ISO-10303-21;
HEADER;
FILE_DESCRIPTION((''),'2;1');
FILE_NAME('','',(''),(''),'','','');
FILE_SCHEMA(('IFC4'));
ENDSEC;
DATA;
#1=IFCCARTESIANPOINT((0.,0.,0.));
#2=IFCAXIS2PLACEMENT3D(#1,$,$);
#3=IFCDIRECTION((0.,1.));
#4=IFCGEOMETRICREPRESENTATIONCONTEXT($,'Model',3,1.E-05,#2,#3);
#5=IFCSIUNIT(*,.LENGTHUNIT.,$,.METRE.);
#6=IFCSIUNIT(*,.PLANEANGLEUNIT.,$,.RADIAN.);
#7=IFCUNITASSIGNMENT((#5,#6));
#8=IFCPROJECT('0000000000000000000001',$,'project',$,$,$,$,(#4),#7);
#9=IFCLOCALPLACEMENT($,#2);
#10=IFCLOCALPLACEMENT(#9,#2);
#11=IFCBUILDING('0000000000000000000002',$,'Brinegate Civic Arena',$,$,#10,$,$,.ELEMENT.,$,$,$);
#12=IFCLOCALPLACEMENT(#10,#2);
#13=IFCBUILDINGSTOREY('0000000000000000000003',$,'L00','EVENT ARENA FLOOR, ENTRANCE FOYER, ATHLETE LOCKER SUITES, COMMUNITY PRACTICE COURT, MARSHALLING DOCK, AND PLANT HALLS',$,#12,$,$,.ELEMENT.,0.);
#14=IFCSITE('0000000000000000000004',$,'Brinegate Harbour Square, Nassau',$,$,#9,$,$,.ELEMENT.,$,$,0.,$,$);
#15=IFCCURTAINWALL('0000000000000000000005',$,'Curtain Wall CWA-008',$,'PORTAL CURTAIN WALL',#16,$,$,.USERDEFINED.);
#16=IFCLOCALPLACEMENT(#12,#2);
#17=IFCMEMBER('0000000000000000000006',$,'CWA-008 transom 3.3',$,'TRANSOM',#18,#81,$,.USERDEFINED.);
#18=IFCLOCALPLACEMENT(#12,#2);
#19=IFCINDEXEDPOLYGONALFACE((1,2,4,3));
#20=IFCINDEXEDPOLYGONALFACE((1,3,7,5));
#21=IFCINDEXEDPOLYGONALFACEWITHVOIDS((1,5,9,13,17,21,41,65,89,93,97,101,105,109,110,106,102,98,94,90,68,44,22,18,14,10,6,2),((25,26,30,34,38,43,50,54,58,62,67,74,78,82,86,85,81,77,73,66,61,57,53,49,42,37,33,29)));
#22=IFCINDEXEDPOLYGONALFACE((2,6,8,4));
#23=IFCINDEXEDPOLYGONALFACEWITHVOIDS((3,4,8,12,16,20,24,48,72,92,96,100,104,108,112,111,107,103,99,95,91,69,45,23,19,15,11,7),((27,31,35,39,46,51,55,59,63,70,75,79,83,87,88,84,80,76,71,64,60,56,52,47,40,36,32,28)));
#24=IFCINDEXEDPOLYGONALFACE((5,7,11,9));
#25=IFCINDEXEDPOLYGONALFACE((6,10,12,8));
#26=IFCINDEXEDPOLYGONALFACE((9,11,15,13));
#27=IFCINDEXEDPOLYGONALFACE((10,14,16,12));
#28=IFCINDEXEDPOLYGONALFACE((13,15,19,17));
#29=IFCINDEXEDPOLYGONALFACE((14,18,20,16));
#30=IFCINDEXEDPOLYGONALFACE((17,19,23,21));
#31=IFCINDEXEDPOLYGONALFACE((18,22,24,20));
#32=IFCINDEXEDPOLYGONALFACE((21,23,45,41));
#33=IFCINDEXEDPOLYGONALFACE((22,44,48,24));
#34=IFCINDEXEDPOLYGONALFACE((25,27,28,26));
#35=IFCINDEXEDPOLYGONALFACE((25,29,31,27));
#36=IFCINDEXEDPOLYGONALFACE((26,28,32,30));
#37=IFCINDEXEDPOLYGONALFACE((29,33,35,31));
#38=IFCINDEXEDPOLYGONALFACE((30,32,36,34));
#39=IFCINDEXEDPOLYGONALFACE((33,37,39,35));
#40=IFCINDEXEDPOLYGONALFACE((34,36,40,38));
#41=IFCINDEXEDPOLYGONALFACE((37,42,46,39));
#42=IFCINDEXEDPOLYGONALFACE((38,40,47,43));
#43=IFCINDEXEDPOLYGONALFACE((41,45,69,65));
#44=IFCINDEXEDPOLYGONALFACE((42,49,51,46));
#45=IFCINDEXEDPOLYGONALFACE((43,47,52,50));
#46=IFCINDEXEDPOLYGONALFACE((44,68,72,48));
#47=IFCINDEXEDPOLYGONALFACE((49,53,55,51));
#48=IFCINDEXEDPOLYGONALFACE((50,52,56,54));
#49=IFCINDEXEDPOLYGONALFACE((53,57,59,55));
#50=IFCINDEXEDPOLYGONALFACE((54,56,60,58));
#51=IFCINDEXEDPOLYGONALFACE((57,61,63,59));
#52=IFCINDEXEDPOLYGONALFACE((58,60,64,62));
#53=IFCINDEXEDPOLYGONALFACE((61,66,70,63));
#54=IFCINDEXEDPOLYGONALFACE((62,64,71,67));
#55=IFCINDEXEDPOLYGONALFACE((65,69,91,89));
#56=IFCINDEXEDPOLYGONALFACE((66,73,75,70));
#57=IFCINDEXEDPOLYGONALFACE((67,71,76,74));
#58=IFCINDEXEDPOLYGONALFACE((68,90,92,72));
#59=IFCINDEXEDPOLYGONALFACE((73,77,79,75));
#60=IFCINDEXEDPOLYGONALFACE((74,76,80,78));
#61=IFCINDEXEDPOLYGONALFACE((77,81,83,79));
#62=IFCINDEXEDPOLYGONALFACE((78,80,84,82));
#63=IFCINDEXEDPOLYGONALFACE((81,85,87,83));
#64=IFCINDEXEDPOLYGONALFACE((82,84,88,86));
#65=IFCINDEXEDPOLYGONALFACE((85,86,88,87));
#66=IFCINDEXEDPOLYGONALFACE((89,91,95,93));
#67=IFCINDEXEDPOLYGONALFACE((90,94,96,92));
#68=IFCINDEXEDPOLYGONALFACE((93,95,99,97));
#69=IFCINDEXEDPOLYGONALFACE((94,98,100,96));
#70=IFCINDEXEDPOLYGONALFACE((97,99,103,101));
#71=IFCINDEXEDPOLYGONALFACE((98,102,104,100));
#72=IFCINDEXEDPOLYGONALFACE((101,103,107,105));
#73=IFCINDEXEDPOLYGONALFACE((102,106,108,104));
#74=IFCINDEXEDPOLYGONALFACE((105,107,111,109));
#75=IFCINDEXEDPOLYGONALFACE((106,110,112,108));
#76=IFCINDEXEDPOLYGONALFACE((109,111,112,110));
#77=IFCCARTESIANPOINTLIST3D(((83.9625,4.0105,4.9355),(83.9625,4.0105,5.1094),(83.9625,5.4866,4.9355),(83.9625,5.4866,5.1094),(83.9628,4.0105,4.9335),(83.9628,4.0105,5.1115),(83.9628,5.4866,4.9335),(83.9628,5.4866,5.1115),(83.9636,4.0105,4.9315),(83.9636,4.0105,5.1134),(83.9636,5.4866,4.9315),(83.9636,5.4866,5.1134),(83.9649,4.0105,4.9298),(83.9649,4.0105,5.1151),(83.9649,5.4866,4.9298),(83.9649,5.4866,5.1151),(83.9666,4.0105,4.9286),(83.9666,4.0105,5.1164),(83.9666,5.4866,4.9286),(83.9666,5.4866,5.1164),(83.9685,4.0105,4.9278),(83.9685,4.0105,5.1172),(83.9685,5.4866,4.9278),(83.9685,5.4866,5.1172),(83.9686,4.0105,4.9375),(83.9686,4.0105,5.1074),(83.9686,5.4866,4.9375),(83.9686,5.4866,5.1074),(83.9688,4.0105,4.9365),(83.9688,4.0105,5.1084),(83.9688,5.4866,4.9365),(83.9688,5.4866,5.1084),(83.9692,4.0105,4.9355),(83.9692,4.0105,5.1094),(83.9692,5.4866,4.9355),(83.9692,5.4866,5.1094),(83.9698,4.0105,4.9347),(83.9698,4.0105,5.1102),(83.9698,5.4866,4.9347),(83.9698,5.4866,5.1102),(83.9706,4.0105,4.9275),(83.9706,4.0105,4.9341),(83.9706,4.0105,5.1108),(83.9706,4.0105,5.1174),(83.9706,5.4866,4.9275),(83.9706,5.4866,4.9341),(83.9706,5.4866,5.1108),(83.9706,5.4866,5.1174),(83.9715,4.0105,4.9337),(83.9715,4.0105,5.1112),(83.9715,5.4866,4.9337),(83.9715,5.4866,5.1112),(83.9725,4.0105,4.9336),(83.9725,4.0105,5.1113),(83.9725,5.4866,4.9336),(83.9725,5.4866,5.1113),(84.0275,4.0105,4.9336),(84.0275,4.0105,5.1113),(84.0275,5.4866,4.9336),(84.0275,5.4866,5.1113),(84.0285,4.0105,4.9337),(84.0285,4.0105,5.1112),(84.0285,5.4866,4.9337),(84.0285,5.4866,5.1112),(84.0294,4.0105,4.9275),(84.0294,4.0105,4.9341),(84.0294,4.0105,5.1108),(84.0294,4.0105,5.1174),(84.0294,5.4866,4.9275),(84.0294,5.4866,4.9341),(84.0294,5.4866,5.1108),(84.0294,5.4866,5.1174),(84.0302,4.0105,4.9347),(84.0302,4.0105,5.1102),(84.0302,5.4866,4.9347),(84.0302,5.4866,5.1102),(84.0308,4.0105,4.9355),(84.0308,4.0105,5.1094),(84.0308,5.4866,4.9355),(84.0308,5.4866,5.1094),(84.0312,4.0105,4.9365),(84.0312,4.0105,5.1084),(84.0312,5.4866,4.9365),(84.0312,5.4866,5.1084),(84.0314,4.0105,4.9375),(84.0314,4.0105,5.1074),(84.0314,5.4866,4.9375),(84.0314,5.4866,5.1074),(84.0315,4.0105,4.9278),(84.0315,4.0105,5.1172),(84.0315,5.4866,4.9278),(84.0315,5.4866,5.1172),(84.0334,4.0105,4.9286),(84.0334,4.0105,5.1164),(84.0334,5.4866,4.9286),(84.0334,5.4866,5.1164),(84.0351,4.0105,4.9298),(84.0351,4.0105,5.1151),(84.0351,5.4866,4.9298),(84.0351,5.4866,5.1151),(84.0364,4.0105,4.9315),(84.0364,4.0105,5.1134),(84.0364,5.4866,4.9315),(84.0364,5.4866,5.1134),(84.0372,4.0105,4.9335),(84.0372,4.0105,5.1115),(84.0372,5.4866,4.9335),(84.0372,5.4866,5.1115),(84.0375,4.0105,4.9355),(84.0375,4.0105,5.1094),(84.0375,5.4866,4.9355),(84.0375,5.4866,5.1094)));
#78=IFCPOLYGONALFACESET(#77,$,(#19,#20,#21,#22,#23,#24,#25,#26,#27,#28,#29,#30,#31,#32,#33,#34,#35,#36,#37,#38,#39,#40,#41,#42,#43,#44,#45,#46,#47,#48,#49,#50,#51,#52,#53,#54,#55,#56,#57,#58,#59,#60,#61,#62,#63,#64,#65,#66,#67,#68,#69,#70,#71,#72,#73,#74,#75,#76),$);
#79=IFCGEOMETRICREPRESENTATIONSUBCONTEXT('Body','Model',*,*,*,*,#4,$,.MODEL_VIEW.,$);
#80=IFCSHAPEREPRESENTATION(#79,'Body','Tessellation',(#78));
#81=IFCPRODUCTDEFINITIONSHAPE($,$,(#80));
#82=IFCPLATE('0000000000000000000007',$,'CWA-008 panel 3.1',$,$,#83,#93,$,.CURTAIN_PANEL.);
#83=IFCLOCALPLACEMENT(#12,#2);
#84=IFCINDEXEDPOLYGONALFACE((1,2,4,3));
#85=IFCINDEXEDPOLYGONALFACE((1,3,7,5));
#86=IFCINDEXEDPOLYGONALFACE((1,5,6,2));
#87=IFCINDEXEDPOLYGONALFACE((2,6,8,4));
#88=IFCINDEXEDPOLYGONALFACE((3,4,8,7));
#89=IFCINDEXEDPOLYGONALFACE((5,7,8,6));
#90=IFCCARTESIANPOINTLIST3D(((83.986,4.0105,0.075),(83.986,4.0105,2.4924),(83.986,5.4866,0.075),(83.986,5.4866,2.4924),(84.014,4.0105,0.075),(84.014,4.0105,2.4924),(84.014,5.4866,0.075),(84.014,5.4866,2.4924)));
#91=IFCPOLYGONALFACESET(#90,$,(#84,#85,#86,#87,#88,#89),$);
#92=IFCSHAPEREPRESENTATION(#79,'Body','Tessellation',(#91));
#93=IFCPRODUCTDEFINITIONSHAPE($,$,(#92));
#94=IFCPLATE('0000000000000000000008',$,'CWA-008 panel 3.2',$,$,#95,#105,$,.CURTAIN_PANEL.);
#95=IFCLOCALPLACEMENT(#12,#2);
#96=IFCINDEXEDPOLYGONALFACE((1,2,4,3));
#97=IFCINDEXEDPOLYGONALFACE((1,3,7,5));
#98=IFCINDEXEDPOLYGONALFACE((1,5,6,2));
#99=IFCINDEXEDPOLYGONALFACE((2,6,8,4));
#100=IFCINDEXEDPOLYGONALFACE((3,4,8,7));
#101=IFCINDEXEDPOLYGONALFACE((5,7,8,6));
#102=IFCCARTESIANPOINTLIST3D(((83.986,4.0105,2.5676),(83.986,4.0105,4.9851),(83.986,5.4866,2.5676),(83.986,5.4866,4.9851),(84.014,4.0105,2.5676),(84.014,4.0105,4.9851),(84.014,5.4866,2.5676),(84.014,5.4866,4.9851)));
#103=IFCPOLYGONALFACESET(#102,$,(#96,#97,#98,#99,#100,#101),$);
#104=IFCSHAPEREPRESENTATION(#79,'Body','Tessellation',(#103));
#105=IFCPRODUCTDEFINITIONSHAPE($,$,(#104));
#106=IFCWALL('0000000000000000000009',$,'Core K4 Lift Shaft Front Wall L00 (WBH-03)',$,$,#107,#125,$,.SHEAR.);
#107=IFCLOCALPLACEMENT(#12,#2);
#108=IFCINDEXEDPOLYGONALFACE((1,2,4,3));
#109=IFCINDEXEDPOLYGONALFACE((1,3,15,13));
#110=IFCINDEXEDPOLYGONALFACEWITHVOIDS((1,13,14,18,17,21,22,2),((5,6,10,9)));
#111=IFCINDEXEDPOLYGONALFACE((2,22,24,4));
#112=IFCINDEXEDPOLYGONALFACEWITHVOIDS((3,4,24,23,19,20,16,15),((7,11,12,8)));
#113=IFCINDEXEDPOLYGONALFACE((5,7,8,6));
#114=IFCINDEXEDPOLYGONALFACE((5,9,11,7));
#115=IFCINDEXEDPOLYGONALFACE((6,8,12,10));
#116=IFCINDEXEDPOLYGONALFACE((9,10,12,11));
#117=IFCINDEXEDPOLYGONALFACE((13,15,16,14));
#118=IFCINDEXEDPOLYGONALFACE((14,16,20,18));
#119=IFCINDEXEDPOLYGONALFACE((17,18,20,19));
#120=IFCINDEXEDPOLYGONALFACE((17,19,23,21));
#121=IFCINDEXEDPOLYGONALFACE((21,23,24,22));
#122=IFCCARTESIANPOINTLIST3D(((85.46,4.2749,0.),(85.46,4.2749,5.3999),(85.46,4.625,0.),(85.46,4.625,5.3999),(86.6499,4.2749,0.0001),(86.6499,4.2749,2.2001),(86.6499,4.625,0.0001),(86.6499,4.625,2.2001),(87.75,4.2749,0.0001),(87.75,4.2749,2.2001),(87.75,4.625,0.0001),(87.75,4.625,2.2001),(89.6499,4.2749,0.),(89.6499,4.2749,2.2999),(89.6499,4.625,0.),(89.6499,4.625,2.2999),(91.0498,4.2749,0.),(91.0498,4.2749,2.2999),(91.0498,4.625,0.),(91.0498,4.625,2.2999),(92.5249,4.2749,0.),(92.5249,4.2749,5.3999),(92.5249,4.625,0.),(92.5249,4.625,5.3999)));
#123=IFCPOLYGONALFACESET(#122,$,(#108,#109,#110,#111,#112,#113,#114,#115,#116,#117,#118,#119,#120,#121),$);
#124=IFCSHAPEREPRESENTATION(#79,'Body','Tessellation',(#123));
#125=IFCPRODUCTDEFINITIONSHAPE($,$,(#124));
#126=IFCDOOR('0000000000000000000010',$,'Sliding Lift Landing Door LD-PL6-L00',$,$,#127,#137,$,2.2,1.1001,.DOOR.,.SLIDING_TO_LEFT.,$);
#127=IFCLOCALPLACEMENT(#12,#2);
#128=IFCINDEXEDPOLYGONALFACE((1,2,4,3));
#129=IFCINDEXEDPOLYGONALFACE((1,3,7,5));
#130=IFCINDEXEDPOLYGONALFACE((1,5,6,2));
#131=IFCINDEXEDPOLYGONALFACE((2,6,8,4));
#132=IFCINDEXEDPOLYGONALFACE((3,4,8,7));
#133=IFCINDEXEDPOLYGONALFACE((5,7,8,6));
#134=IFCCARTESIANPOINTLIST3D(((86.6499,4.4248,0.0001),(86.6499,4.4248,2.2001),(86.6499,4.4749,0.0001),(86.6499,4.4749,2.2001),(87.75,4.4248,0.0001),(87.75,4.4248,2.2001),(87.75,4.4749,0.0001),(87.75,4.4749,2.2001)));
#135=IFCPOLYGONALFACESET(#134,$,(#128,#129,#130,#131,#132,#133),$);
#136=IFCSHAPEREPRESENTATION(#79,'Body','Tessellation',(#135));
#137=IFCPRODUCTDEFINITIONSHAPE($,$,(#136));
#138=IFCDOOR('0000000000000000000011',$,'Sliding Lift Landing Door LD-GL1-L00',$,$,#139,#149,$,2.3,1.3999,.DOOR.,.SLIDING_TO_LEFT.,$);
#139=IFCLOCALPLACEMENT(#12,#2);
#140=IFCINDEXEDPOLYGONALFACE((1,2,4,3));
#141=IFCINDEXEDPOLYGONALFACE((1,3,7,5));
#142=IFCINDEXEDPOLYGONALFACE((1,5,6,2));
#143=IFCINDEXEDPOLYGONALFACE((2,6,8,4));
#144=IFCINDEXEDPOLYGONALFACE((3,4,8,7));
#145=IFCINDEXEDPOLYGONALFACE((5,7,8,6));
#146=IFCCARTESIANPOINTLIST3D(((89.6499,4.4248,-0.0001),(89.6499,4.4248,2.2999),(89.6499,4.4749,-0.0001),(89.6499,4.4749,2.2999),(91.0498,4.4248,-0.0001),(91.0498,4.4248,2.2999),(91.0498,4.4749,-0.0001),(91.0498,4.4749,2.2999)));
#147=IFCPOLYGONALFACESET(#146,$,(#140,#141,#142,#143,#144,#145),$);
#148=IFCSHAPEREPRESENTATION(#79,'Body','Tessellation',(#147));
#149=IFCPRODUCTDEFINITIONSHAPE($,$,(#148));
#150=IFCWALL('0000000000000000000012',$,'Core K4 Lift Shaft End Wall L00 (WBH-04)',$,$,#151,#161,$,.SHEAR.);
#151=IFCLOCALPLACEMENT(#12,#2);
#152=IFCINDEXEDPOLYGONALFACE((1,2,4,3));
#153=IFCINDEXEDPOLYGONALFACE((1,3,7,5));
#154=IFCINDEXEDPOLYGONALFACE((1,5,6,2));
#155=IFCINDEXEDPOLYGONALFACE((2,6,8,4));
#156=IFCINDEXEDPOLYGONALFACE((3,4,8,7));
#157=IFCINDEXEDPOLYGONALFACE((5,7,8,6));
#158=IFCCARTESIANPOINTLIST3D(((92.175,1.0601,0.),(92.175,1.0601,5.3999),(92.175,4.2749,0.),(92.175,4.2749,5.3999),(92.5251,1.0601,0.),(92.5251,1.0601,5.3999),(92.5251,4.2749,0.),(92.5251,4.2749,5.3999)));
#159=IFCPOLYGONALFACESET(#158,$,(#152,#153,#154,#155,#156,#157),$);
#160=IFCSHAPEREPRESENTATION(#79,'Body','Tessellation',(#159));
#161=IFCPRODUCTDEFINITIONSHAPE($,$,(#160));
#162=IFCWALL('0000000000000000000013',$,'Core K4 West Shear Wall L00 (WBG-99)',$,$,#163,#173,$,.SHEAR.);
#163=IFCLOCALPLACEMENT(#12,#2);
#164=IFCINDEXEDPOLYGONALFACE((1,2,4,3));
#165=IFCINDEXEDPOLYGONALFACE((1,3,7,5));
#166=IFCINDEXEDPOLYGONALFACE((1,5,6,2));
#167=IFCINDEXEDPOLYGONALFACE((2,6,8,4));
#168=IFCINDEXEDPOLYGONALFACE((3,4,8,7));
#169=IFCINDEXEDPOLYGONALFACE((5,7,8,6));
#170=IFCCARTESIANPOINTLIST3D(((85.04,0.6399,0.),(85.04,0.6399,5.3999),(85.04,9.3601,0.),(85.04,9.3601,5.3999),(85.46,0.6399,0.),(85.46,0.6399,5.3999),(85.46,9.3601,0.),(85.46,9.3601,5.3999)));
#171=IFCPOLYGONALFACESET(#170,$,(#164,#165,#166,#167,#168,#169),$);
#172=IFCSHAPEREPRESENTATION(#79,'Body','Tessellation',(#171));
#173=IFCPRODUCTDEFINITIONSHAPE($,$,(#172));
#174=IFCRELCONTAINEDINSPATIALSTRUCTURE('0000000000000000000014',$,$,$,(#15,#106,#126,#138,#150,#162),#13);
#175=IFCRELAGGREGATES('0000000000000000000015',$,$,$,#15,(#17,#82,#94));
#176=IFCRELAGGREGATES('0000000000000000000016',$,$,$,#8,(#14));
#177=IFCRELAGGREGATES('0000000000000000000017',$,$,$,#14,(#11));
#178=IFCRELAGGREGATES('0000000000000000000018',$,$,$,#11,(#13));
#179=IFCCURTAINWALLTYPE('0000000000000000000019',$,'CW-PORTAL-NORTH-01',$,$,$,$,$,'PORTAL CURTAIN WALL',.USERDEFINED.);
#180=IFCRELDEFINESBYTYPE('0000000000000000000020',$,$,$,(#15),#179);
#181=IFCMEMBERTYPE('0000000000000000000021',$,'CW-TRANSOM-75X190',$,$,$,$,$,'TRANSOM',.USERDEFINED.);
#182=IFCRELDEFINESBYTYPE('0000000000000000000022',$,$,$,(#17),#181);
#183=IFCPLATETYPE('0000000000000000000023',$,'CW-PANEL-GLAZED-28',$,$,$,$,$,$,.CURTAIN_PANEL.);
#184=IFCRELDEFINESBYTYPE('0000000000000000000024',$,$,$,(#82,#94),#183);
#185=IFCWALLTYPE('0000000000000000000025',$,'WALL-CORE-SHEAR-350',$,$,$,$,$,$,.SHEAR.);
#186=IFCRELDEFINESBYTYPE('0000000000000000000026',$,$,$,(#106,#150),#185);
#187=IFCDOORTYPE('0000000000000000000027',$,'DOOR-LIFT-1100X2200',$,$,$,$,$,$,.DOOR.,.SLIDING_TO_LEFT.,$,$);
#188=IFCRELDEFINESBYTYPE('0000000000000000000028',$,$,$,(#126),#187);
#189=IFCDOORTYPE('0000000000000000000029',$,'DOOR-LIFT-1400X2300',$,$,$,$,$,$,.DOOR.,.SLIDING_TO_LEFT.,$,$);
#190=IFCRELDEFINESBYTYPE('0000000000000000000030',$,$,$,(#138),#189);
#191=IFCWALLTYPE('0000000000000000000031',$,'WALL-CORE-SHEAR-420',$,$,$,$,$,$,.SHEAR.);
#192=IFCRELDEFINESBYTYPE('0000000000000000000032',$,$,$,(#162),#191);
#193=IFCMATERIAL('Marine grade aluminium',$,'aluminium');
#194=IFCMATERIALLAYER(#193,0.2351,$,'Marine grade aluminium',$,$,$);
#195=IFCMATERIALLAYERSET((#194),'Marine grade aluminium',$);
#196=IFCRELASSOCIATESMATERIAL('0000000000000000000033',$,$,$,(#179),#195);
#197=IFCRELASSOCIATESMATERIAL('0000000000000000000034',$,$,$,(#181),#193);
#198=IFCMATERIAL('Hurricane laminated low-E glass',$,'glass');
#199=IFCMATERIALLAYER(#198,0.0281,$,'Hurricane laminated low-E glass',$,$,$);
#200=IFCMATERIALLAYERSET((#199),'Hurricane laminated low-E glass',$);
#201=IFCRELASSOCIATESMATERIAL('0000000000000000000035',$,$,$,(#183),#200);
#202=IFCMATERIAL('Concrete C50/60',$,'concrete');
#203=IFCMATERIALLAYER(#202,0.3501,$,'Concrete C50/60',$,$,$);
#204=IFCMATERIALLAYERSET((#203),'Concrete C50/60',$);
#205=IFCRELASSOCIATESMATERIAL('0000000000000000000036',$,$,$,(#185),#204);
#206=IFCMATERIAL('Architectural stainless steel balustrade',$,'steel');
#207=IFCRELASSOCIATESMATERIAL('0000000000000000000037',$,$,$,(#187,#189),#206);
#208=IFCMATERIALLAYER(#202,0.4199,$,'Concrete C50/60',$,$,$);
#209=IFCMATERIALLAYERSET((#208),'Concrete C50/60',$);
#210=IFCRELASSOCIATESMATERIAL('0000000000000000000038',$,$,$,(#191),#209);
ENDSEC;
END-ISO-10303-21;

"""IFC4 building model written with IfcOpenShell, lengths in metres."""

from ifc_helpers import new_model, si_unit, direction, frame, frame_2d, origin, origin_2d, place, context, subcontext, project, spatial, rectangle, hollow_rectangle, extrude, material, layer, layer_set, material_profile, profile_set, type_object, element, fill, aggregate, save


model = new_model("IFC4")

# Units and contexts
model_context = context("Model", 3, precision=1e-05, world=origin(), true_north=direction((0.0, 1.0)))
body_context = subcontext(model_context, "Body", "Model", "MODEL_VIEW")
ifc_project = project(units=[si_unit("LENGTHUNIT", "METRE"), si_unit("PLANEANGLEUNIT", "RADIAN")], contexts=[model_context])

# Site, building, storey
site_placement = place(None, origin())
site = spatial("IfcSite", under=ifc_project, at=site_placement, Name="Brinegate Harbour Square, Nassau", CompositionType="ELEMENT", RefElevation=0.0)
building_placement = place(site_placement, origin())
building = spatial("IfcBuilding", under=site, at=building_placement, Name="Brinegate Civic Arena", CompositionType="ELEMENT")
storey_placement = place(building_placement, origin())
storey = spatial("IfcBuildingStorey", under=building, at=storey_placement, Name="L00", Description="EVENT ARENA FLOOR, ENTRANCE FOYER, ATHLETE LOCKER SUITES, COMMUNITY PRACTICE COURT, MARSHALLING DOCK, AND PLANT HALLS", CompositionType="ELEMENT", Elevation=0.0)

# Curtain wall, member, plates
ifc_material_1 = material(Name="Marine grade aluminium", Category="aluminium")
ifc_layer_1 = layer(ifc_material_1, 0.2351, Name="Marine grade aluminium")
ifc_layer_set_1 = layer_set([ifc_layer_1], Name="Marine grade aluminium")
curtain_wall_type = type_object("IfcCurtainWallType", Name="CW-PORTAL-NORTH-01", ElementType="PORTAL CURTAIN WALL", PredefinedType="USERDEFINED", material=ifc_layer_set_1)
curtain_wall_placement = place(storey_placement, origin())
curtain_wall = element("IfcCurtainWall", 1, at=curtain_wall_placement, inside=storey, type_object=curtain_wall_type, Name="Curtain Wall CWA-008", ObjectType="PORTAL CURTAIN WALL", PredefinedType="USERDEFINED")
ifc_material_profile_1 = material_profile(ifc_material_1, hollow_rectangle(XDim=0.075, YDim=0.1899, WallThickness=0.0061, InnerFilletRadius=0.0039, OuterFilletRadius=0.0081, at=origin_2d()), Name="TRN75X190")
ifc_profile_set_1 = profile_set([ifc_material_profile_1], Name="Marine grade aluminium")
member_type = type_object("IfcMemberType", Name="CW-TRANSOM-75X190", ElementType="TRANSOM", PredefinedType="USERDEFINED", material=ifc_profile_set_1)
member_1_placement = place(storey_placement, frame((84.0, 4.0105, 5.0225), z_axis=(0.0, 1.0, 0.0), x_axis=(-1.0, 0.0, 0.0)))
member_1 = element("IfcMember", 2, at=member_1_placement, type_object=member_type, Name="CWA-008 transom 3.3", ObjectType="TRANSOM", PredefinedType="USERDEFINED", context=body_context, shape_type="SweptSolid", body=[
    extrude(hollow_rectangle(XDim=0.075, YDim=0.1899, WallThickness=0.0061, InnerFilletRadius=0.0039, OuterFilletRadius=0.0081, at=origin_2d()), origin(), (0.0, 0.0, 1.0), 1.4761),
])
ifc_material_2 = material(Name="Hurricane laminated low-E glass", Category="glass")
ifc_layer_2 = layer(ifc_material_2, 0.0281, Name="Hurricane laminated low-E glass")
ifc_layer_set_2 = layer_set([ifc_layer_2], Name="Hurricane laminated low-E glass")
plate_type = type_object("IfcPlateType", Name="CW-PANEL-GLAZED-28", PredefinedType="CURTAIN_PANEL", material=ifc_layer_set_2)
plate_1_placement = place(storey_placement, frame((84.0, 4.7485, 0.075), z_axis=(0.0, 0.0, 1.0), x_axis=(0.0, 1.0, 0.0)))
plate_1 = element("IfcPlate", 3, at=plate_1_placement, type_object=plate_type, Name="CWA-008 panel 3.1", PredefinedType="CURTAIN_PANEL", context=body_context, shape_type="SweptSolid", body=[
    extrude(rectangle(XDim=1.4761, YDim=0.0281, at=origin_2d()), origin(), (0.0, 0.0, 1.0), 2.4175),
])
plate_2_placement = place(storey_placement, frame((84.0, 4.7485, 2.5676), z_axis=(0.0, 0.0, 1.0), x_axis=(0.0, 1.0, 0.0)))
plate_2 = element("IfcPlate", 4, at=plate_2_placement, type_object=plate_type, Name="CWA-008 panel 3.2", PredefinedType="CURTAIN_PANEL", context=body_context, shape_type="SweptSolid", body=[
    extrude(rectangle(XDim=1.4761, YDim=0.0281, at=origin_2d()), origin(), (0.0, 0.0, 1.0), 2.4175),
])
aggregate(curtain_wall, [member_1, plate_1, plate_2])

# Wall, openings, doors
ifc_material_3 = material(Name="Concrete C50/60", Category="concrete")
ifc_layer_3 = layer(ifc_material_3, 0.3501, Name="Concrete C50/60")
ifc_layer_set_3 = layer_set([ifc_layer_3], Name="Concrete C50/60")
wall_type_1 = type_object("IfcWallType", Name="WALL-CORE-SHEAR-350", PredefinedType="SHEAR", material=ifc_layer_set_3)
wall_1_placement = place(storey_placement, frame((85.46, 4.45, 0.0), z_axis=(0.0, 0.0, 1.0), x_axis=(1.0, 0.0, 0.0)))
wall_1 = element("IfcWall", 5, at=wall_1_placement, inside=storey, type_object=wall_type_1, Name="Core K4 Lift Shaft Front Wall L00 (WBH-03)", PredefinedType="SHEAR", context=body_context, shape_type="SweptSolid", body=[
    extrude(rectangle(XDim=7.0649, YDim=0.3501, at=frame_2d((3.5325, 0.0))), origin(), (0.0, 0.0, 1.0), 5.3999),
])
opening_1_placement = place(wall_1_placement, frame((1.1899, 0.0, 0.0)))
opening_1 = element("IfcOpeningElement", 6, at=opening_1_placement, cuts=wall_1, PredefinedType="OPENING", context=body_context, shape_type="SweptSolid", body=[
    extrude(rectangle(XDim=1.1001, YDim=2.2, at=frame_2d((0.55, 1.1001))), frame((0.0, 0.1851, 0.0), z_axis=(0.0, -1.0, 0.0), x_axis=(1.0, 0.0, 0.0)), (0.0, 0.0, 1.0), 0.3701),
])
opening_2_placement = place(wall_1_placement, frame((4.1899, 0.0, 0.0)))
opening_2 = element("IfcOpeningElement", 7, at=opening_2_placement, cuts=wall_1, PredefinedType="OPENING", context=body_context, shape_type="SweptSolid", body=[
    extrude(rectangle(XDim=1.3999, YDim=2.3, at=frame_2d((0.7, 1.1499))), frame((0.0, 0.1851, 0.0), z_axis=(0.0, -1.0, 0.0), x_axis=(1.0, 0.0, 0.0)), (0.0, 0.0, 1.0), 0.3701),
])
ifc_material_4 = material(Name="Architectural stainless steel balustrade", Category="steel")
door_type_1 = type_object("IfcDoorType", Name="DOOR-LIFT-1100X2200", OperationType="SLIDING_TO_LEFT", PredefinedType="DOOR", material=ifc_material_4)
door_1_placement = place(opening_1_placement, origin())
door_1 = element("IfcDoor", 8, at=door_1_placement, inside=storey, type_object=door_type_1, Name="Sliding Lift Landing Door LD-PL6-L00", OperationType="SLIDING_TO_LEFT", OverallHeight=2.2, OverallWidth=1.1001, PredefinedType="DOOR", context=body_context, shape_type="SweptSolid", body=[
    extrude(rectangle(XDim=1.1001, YDim=2.2, at=frame_2d((0.55, 1.1001))), frame((0.0, 0.0249, 0.0), z_axis=(0.0, -1.0, 0.0), x_axis=(1.0, 0.0, 0.0)), (0.0, 0.0, 1.0), 0.05),
])
fill(opening_1, door_1)
door_type_2 = type_object("IfcDoorType", Name="DOOR-LIFT-1400X2300", OperationType="SLIDING_TO_LEFT", PredefinedType="DOOR", material=ifc_material_4)
door_2_placement = place(opening_2_placement, origin())
door_2 = element("IfcDoor", 9, at=door_2_placement, inside=storey, type_object=door_type_2, Name="Sliding Lift Landing Door LD-GL1-L00", OperationType="SLIDING_TO_LEFT", OverallHeight=2.3, OverallWidth=1.3999, PredefinedType="DOOR", context=body_context, shape_type="SweptSolid", body=[
    extrude(rectangle(XDim=1.3999, YDim=2.3, at=frame_2d((0.7, 1.1499))), frame((0.0, 0.0249, 0.0), z_axis=(0.0, -1.0, 0.0), x_axis=(1.0, 0.0, 0.0)), (0.0, 0.0, 1.0), 0.05),
])
fill(opening_2, door_2)

# Walls
wall_2_placement = place(storey_placement, frame((92.3501, 1.0601, 0.0), z_axis=(0.0, 0.0, 1.0), x_axis=(0.0, 1.0, 0.0)))
element("IfcWall", 10, at=wall_2_placement, inside=storey, type_object=wall_type_1, Name="Core K4 Lift Shaft End Wall L00 (WBH-04)", PredefinedType="SHEAR", context=body_context, shape_type="SweptSolid", body=[
    extrude(rectangle(XDim=3.2148, YDim=0.3501, at=frame_2d((1.6074, 0.0))), origin(), (0.0, 0.0, 1.0), 5.3999),
])
ifc_layer_4 = layer(ifc_material_3, 0.4199, Name="Concrete C50/60")
ifc_layer_set_4 = layer_set([ifc_layer_4], Name="Concrete C50/60")
wall_type_2 = type_object("IfcWallType", Name="WALL-CORE-SHEAR-420", PredefinedType="SHEAR", material=ifc_layer_set_4)
wall_3_placement = place(storey_placement, frame((85.25, 0.6399, 0.0), z_axis=(0.0, 0.0, 1.0), x_axis=(0.0, 1.0, 0.0)))
element("IfcWall", 11, at=wall_3_placement, inside=storey, type_object=wall_type_2, Name="Core K4 West Shear Wall L00 (WBG-99)", PredefinedType="SHEAR", context=body_context, shape_type="SweptSolid", body=[
    extrude(rectangle(XDim=8.7202, YDim=0.4199, at=frame_2d((4.3601, 0.0))), origin(), (0.0, 0.0, 1.0), 5.3999),
])

save(model, "model.ifc")
